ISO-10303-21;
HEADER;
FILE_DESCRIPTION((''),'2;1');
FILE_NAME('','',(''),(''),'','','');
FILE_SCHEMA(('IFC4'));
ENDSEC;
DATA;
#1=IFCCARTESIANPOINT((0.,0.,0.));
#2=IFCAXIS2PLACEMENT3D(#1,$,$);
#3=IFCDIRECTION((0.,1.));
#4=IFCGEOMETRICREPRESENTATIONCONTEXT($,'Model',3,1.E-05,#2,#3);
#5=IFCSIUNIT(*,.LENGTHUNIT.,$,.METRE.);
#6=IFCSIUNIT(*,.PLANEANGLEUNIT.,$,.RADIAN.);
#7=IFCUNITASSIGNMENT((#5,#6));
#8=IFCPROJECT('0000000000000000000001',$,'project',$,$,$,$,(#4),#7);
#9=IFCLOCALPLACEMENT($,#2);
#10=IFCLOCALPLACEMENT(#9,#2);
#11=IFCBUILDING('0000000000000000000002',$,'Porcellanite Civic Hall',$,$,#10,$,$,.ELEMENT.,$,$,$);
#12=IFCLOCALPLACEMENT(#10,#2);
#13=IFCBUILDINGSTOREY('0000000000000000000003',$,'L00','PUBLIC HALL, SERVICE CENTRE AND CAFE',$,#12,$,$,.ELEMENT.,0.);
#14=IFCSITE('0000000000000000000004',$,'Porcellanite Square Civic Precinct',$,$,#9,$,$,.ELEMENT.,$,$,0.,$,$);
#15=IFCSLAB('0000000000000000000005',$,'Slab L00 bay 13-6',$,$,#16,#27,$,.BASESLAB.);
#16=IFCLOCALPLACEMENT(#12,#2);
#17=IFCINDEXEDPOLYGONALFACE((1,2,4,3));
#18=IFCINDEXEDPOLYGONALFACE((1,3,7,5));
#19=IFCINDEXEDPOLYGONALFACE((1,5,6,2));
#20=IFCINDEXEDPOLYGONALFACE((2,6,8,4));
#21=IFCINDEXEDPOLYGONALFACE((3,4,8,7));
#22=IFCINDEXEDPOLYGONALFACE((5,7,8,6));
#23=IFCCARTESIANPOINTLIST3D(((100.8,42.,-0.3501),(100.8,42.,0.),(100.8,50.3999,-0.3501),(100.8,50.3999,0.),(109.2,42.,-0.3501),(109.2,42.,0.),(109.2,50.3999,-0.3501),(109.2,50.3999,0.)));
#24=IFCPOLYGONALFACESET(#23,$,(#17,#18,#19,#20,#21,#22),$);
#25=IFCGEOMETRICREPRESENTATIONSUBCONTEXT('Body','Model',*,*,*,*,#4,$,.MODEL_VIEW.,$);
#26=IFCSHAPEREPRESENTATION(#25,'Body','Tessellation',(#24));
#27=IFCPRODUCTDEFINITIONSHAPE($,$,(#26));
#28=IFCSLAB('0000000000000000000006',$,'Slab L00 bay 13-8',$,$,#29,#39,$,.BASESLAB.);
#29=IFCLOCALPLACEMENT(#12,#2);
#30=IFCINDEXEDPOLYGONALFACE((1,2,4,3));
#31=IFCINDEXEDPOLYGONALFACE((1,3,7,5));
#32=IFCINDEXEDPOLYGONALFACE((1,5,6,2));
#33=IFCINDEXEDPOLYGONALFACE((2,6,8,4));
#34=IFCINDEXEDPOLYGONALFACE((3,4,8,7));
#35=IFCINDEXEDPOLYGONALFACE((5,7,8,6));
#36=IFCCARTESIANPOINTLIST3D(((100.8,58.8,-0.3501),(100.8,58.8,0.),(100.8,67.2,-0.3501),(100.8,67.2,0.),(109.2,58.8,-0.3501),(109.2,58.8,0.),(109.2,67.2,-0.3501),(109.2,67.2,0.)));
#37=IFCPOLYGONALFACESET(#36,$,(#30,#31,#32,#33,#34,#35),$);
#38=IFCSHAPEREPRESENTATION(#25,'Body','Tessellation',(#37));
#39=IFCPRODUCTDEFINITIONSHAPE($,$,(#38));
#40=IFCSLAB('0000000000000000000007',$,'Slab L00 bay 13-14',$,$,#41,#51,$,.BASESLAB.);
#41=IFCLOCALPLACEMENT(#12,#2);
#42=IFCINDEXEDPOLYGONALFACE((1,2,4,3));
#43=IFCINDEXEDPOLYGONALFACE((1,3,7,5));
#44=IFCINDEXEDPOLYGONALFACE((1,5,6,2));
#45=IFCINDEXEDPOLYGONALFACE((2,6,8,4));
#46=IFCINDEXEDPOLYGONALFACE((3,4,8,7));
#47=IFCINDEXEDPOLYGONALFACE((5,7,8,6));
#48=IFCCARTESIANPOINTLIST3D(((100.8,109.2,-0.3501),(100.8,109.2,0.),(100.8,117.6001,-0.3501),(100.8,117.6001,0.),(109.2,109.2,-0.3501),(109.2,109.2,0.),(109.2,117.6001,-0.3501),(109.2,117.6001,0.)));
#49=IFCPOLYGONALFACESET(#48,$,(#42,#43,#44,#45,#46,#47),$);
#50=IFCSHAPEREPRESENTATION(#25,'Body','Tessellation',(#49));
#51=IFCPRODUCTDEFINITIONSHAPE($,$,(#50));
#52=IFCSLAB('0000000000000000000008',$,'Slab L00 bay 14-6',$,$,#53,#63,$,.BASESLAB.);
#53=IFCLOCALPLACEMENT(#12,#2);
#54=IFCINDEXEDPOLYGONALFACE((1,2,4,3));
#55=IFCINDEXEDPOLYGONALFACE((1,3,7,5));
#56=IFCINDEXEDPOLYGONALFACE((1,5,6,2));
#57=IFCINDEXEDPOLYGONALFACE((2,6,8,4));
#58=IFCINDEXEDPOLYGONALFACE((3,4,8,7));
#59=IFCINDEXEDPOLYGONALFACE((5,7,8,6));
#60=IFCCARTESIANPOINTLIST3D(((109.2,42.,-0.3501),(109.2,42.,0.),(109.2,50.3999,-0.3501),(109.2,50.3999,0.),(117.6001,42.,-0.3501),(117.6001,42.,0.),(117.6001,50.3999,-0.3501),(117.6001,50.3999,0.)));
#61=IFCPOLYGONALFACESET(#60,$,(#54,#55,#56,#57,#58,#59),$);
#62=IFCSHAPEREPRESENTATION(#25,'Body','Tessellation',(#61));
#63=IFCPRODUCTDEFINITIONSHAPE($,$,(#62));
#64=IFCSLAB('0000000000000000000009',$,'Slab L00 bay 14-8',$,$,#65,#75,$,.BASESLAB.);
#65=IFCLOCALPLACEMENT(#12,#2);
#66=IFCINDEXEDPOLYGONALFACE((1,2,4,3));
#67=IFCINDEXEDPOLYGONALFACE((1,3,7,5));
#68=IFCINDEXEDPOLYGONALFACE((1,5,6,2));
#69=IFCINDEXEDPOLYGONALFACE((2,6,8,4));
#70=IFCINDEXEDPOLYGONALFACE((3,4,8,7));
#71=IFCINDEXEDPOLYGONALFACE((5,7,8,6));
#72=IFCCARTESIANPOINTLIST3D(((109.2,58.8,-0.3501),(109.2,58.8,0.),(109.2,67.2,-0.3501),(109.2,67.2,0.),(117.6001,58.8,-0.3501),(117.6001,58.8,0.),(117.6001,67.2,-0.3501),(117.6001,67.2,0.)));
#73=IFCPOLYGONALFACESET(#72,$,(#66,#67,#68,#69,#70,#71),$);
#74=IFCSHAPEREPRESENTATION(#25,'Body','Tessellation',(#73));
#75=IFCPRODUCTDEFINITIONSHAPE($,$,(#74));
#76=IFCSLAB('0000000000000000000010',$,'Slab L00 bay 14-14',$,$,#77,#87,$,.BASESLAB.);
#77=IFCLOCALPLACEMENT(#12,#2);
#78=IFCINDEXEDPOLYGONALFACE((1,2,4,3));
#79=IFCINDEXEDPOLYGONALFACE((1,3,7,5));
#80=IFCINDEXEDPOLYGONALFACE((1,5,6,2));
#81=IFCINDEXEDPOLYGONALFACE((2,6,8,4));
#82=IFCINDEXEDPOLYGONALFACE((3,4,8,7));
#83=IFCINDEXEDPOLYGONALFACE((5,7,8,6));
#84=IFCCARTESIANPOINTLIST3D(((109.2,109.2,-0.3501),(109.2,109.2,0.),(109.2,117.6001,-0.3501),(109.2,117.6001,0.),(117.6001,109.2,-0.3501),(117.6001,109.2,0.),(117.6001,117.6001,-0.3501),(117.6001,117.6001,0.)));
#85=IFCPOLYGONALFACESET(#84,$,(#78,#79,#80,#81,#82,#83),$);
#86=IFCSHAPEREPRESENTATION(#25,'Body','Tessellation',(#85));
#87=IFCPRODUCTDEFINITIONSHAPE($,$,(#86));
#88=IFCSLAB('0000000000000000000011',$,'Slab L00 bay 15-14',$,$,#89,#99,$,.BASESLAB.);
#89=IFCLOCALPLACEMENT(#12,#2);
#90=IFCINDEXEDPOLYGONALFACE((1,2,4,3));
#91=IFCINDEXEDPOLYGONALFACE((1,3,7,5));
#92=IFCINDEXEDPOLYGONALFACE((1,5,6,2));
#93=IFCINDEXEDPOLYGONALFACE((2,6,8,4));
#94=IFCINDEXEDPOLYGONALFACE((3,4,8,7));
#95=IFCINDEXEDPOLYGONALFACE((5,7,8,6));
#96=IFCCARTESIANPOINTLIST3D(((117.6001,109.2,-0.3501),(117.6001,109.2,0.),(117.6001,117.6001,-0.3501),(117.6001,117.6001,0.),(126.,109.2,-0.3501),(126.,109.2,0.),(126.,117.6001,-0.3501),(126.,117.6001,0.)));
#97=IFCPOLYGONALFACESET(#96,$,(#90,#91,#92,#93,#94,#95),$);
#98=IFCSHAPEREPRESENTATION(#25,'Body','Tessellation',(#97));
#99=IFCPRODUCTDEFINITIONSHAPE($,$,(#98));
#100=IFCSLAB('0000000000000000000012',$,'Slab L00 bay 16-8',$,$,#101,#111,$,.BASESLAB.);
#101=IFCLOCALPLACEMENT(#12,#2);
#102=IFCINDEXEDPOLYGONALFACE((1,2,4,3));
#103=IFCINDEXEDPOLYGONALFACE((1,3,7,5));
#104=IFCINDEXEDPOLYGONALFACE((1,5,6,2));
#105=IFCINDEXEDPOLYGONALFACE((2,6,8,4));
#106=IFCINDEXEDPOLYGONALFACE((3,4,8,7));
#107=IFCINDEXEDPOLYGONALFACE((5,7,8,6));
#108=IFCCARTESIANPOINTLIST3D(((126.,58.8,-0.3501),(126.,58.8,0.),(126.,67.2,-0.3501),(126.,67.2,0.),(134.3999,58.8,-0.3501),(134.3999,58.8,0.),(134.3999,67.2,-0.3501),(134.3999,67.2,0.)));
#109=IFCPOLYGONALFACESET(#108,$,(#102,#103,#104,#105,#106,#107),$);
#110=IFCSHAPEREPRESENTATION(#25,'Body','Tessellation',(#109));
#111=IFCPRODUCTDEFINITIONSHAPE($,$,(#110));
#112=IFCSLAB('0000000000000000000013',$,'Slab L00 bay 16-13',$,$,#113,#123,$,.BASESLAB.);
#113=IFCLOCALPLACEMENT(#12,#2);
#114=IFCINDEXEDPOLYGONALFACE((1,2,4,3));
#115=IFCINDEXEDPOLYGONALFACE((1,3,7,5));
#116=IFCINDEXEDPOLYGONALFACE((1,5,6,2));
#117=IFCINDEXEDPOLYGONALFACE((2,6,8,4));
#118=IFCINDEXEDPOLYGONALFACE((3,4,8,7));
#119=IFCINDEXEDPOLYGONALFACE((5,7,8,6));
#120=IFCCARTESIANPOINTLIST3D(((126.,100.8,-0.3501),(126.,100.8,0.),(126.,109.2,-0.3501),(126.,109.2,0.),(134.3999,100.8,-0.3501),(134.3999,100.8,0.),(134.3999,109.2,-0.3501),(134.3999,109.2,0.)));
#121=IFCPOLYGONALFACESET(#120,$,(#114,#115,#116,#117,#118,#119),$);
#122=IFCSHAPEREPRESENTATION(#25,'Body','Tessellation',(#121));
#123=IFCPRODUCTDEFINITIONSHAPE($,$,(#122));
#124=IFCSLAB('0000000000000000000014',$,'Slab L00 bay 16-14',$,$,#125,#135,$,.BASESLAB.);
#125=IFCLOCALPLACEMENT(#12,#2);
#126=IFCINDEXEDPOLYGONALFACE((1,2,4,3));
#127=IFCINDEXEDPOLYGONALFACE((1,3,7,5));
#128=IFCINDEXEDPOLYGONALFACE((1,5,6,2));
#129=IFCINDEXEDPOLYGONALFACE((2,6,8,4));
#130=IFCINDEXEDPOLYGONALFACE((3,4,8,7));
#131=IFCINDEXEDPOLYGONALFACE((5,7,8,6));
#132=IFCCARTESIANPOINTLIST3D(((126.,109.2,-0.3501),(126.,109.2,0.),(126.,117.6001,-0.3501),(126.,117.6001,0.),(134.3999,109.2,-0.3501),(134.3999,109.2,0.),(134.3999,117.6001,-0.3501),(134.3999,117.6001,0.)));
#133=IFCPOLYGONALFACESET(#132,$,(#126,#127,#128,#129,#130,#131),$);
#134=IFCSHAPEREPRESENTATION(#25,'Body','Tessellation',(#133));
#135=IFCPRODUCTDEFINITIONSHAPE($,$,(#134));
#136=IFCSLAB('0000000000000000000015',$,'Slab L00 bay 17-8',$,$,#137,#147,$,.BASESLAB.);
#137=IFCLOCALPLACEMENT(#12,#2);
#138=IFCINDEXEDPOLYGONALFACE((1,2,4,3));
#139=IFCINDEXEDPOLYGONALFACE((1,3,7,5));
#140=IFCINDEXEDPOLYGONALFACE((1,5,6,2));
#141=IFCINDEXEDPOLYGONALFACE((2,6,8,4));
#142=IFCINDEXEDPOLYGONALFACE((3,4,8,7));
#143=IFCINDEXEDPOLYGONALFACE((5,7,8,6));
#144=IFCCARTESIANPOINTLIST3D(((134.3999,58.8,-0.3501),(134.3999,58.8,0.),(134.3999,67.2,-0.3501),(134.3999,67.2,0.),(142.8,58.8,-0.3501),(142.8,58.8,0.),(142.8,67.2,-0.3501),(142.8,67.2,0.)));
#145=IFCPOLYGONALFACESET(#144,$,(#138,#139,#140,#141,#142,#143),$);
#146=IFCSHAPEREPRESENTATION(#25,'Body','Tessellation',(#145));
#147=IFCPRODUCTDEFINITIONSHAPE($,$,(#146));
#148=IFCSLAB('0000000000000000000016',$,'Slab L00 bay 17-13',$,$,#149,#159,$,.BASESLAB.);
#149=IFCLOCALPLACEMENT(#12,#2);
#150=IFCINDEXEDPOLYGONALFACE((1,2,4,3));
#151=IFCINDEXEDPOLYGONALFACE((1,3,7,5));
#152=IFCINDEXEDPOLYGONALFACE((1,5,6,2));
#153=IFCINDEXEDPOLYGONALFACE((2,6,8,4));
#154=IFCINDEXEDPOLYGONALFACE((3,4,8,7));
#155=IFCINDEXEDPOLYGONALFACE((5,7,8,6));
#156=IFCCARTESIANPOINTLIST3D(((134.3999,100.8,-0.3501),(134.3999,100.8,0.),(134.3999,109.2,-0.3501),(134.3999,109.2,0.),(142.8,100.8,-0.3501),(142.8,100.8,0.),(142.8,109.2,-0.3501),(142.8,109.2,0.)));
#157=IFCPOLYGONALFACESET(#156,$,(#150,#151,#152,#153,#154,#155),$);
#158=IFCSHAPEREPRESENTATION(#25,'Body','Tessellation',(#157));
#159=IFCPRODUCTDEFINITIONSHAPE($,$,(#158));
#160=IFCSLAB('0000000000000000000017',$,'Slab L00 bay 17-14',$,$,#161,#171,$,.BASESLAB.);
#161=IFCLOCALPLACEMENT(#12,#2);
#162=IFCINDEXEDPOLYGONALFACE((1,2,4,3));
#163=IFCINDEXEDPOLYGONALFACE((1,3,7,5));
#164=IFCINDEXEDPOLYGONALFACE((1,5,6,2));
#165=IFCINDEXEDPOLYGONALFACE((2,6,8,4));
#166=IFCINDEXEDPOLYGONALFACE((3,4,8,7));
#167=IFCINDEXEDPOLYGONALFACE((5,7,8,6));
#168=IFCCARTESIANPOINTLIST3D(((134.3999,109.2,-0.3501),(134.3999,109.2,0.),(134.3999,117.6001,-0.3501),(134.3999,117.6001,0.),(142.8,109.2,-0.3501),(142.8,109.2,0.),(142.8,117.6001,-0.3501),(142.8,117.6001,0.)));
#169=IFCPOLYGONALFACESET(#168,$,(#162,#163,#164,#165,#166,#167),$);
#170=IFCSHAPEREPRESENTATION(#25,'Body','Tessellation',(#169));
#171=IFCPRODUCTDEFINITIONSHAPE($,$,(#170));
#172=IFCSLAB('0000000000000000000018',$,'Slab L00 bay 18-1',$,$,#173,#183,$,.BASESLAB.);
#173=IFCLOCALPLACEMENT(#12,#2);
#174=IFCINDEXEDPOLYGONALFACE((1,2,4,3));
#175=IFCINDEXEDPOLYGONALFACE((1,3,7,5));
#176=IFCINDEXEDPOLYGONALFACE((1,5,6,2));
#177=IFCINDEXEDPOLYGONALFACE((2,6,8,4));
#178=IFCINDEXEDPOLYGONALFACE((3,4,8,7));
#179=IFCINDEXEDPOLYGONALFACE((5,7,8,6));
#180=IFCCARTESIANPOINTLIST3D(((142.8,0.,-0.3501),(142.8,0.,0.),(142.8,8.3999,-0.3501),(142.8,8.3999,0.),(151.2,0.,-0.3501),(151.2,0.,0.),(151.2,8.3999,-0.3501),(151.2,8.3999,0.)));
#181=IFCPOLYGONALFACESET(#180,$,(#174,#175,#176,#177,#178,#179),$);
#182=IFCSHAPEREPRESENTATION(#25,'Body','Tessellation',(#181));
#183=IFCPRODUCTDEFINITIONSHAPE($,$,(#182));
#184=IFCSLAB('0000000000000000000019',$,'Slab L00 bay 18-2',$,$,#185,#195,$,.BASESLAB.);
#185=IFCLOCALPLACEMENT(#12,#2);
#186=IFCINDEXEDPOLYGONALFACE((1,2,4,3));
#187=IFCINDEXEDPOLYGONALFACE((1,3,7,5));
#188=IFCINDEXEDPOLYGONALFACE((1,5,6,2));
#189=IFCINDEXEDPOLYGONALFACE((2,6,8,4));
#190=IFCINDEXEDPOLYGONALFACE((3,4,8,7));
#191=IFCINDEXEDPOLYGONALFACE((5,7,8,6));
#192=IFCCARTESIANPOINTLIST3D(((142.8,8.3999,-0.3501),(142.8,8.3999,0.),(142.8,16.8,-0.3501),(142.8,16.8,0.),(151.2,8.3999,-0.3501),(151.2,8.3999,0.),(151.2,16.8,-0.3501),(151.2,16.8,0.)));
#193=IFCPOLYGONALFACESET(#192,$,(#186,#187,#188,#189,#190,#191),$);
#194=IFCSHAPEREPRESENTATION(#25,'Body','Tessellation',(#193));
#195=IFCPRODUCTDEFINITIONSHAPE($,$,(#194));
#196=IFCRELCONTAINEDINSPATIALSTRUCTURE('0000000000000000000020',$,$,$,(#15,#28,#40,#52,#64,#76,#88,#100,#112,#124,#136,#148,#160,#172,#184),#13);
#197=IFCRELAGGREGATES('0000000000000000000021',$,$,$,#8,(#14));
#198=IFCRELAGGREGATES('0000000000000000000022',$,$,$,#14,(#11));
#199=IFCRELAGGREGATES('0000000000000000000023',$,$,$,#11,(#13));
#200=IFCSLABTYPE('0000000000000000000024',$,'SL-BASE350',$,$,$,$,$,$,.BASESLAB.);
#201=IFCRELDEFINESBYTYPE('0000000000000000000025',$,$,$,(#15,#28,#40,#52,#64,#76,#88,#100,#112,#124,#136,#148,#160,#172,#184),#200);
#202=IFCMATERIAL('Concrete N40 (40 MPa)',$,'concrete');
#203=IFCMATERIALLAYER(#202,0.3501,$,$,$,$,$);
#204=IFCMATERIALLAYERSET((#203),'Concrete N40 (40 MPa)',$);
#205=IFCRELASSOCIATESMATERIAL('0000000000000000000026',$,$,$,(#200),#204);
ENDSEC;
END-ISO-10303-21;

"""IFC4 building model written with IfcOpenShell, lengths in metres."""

from ifc_helpers import new_model, si_unit, direction, frame, origin, place, context, subcontext, project, spatial, polyline, outline, extrude, material, layer, layer_set, type_object, element, save


model = new_model("IFC4")

# Units and contexts
model_context = context("Model", 3, precision=1e-05, world=origin(), true_north=direction((0.0, 1.0)))
body_context = subcontext(model_context, "Body", "Model", "MODEL_VIEW")
ifc_project = project(units=[si_unit("LENGTHUNIT", "METRE"), si_unit("PLANEANGLEUNIT", "RADIAN")], contexts=[model_context])

# Site, building, storey
site_placement = place(None, origin())
site = spatial("IfcSite", under=ifc_project, at=site_placement, Name="Porcellanite Square Civic Precinct", CompositionType="ELEMENT", RefElevation=0.0)
building_placement = place(site_placement, origin())
building = spatial("IfcBuilding", under=site, at=building_placement, Name="Porcellanite Civic Hall", CompositionType="ELEMENT")
storey_placement = place(building_placement, origin())
storey = spatial("IfcBuildingStorey", under=building, at=storey_placement, Name="L00", Description="PUBLIC HALL, SERVICE CENTRE AND CAFE", CompositionType="ELEMENT", Elevation=0.0)

# Slabs
ifc_material = material(Name="Concrete N40 (40 MPa)", Category="concrete")
ifc_layer = layer(ifc_material, 0.3501)
ifc_layer_set = layer_set([ifc_layer], Name="Concrete N40 (40 MPa)")
slab_type = type_object("IfcSlabType", Name="SL-BASE350", PredefinedType="BASESLAB", material=ifc_layer_set)
slab_1_placement = place(storey_placement, frame((0.0, 0.0, -0.3501)))
element("IfcSlab", 1, at=slab_1_placement, inside=storey, type_object=slab_type, Name="Slab L00 bay 13-6", PredefinedType="BASESLAB", context=body_context, shape_type="SweptSolid", body=[
    extrude(outline(polyline([(100.8, 42.0), (109.2, 42.0), (109.2, 50.3999), (100.8, 50.3999), (100.8, 42.0)])), origin(), (0.0, 0.0, 1.0), 0.3501),
])
slab_2_placement = place(storey_placement, frame((0.0, 0.0, -0.3501)))
element("IfcSlab", 2, at=slab_2_placement, inside=storey, type_object=slab_type, Name="Slab L00 bay 13-8", PredefinedType="BASESLAB", context=body_context, shape_type="SweptSolid", body=[
    extrude(outline(polyline([(100.8, 58.8), (109.2, 58.8), (109.2, 67.2), (100.8, 67.2), (100.8, 58.8)])), origin(), (0.0, 0.0, 1.0), 0.3501),
])
slab_3_placement = place(storey_placement, frame((0.0, 0.0, -0.3501)))
element("IfcSlab", 3, at=slab_3_placement, inside=storey, type_object=slab_type, Name="Slab L00 bay 13-14", PredefinedType="BASESLAB", context=body_context, shape_type="SweptSolid", body=[
    extrude(outline(polyline([(100.8, 109.2), (109.2, 109.2), (109.2, 117.6001), (100.8, 117.6001), (100.8, 109.2)])), origin(), (0.0, 0.0, 1.0), 0.3501),
])
slab_4_placement = place(storey_placement, frame((0.0, 0.0, -0.3501)))
element("IfcSlab", 4, at=slab_4_placement, inside=storey, type_object=slab_type, Name="Slab L00 bay 14-6", PredefinedType="BASESLAB", context=body_context, shape_type="SweptSolid", body=[
    extrude(outline(polyline([(109.2, 42.0), (117.6001, 42.0), (117.6001, 50.3999), (109.2, 50.3999), (109.2, 42.0)])), origin(), (0.0, 0.0, 1.0), 0.3501),
])
slab_5_placement = place(storey_placement, frame((0.0, 0.0, -0.3501)))
element("IfcSlab", 5, at=slab_5_placement, inside=storey, type_object=slab_type, Name="Slab L00 bay 14-8", PredefinedType="BASESLAB", context=body_context, shape_type="SweptSolid", body=[
    extrude(outline(polyline([(109.2, 58.8), (117.6001, 58.8), (117.6001, 67.2), (109.2, 67.2), (109.2, 58.8)])), origin(), (0.0, 0.0, 1.0), 0.3501),
])
slab_6_placement = place(storey_placement, frame((0.0, 0.0, -0.3501)))
element("IfcSlab", 6, at=slab_6_placement, inside=storey, type_object=slab_type, Name="Slab L00 bay 14-14", PredefinedType="BASESLAB", context=body_context, shape_type="SweptSolid", body=[
    extrude(outline(polyline([(109.2, 109.2), (117.6001, 109.2), (117.6001, 117.6001), (109.2, 117.6001), (109.2, 109.2)])), origin(), (0.0, 0.0, 1.0), 0.3501),
])
slab_7_placement = place(storey_placement, frame((0.0, 0.0, -0.3501)))
element("IfcSlab", 7, at=slab_7_placement, inside=storey, type_object=slab_type, Name="Slab L00 bay 15-14", PredefinedType="BASESLAB", context=body_context, shape_type="SweptSolid", body=[
    extrude(outline(polyline([(117.6001, 109.2), (126.0, 109.2), (126.0, 117.6001), (117.6001, 117.6001), (117.6001, 109.2)])), origin(), (0.0, 0.0, 1.0), 0.3501),
])
slab_8_placement = place(storey_placement, frame((0.0, 0.0, -0.3501)))
element("IfcSlab", 8, at=slab_8_placement, inside=storey, type_object=slab_type, Name="Slab L00 bay 16-8", PredefinedType="BASESLAB", context=body_context, shape_type="SweptSolid", body=[
    extrude(outline(polyline([(126.0, 58.8), (134.3999, 58.8), (134.3999, 67.2), (126.0, 67.2), (126.0, 58.8)])), origin(), (0.0, 0.0, 1.0), 0.3501),
])
slab_9_placement = place(storey_placement, frame((0.0, 0.0, -0.3501)))
element("IfcSlab", 9, at=slab_9_placement, inside=storey, type_object=slab_type, Name="Slab L00 bay 16-13", PredefinedType="BASESLAB", context=body_context, shape_type="SweptSolid", body=[
    extrude(outline(polyline([(126.0, 100.8), (134.3999, 100.8), (134.3999, 109.2), (126.0, 109.2), (126.0, 100.8)])), origin(), (0.0, 0.0, 1.0), 0.3501),
])
slab_10_placement = place(storey_placement, frame((0.0, 0.0, -0.3501)))
element("IfcSlab", 10, at=slab_10_placement, inside=storey, type_object=slab_type, Name="Slab L00 bay 16-14", PredefinedType="BASESLAB", context=body_context, shape_type="SweptSolid", body=[
    extrude(outline(polyline([(126.0, 109.2), (134.3999, 109.2), (134.3999, 117.6001), (126.0, 117.6001), (126.0, 109.2)])), origin(), (0.0, 0.0, 1.0), 0.3501),
])
slab_11_placement = place(storey_placement, frame((0.0, 0.0, -0.3501)))
element("IfcSlab", 11, at=slab_11_placement, inside=storey, type_object=slab_type, Name="Slab L00 bay 17-8", PredefinedType="BASESLAB", context=body_context, shape_type="SweptSolid", body=[
    extrude(outline(polyline([(134.3999, 58.8), (142.8, 58.8), (142.8, 67.2), (134.3999, 67.2), (134.3999, 58.8)])), origin(), (0.0, 0.0, 1.0), 0.3501),
])
slab_12_placement = place(storey_placement, frame((0.0, 0.0, -0.3501)))
element("IfcSlab", 12, at=slab_12_placement, inside=storey, type_object=slab_type, Name="Slab L00 bay 17-13", PredefinedType="BASESLAB", context=body_context, shape_type="SweptSolid", body=[
    extrude(outline(polyline([(134.3999, 100.8), (142.8, 100.8), (142.8, 109.2), (134.3999, 109.2), (134.3999, 100.8)])), origin(), (0.0, 0.0, 1.0), 0.3501),
])
slab_13_placement = place(storey_placement, frame((0.0, 0.0, -0.3501)))
element("IfcSlab", 13, at=slab_13_placement, inside=storey, type_object=slab_type, Name="Slab L00 bay 17-14", PredefinedType="BASESLAB", context=body_context, shape_type="SweptSolid", body=[
    extrude(outline(polyline([(134.3999, 109.2), (142.8, 109.2), (142.8, 117.6001), (134.3999, 117.6001), (134.3999, 109.2)])), origin(), (0.0, 0.0, 1.0), 0.3501),
])
slab_14_placement = place(storey_placement, frame((0.0, 0.0, -0.3501)))
element("IfcSlab", 14, at=slab_14_placement, inside=storey, type_object=slab_type, Name="Slab L00 bay 18-1", PredefinedType="BASESLAB", context=body_context, shape_type="SweptSolid", body=[
    extrude(outline(polyline([(142.8, 0.0), (151.2, 0.0), (151.2, 8.3999), (142.8, 8.3999), (142.8, 0.0)])), origin(), (0.0, 0.0, 1.0), 0.3501),
])
slab_15_placement = place(storey_placement, frame((0.0, 0.0, -0.3501)))
element("IfcSlab", 15, at=slab_15_placement, inside=storey, type_object=slab_type, Name="Slab L00 bay 18-2", PredefinedType="BASESLAB", context=body_context, shape_type="SweptSolid", body=[
    extrude(outline(polyline([(142.8, 8.3999), (151.2, 8.3999), (151.2, 16.8), (142.8, 16.8), (142.8, 8.3999)])), origin(), (0.0, 0.0, 1.0), 0.3501),
])

save(model, "model.ifc")
